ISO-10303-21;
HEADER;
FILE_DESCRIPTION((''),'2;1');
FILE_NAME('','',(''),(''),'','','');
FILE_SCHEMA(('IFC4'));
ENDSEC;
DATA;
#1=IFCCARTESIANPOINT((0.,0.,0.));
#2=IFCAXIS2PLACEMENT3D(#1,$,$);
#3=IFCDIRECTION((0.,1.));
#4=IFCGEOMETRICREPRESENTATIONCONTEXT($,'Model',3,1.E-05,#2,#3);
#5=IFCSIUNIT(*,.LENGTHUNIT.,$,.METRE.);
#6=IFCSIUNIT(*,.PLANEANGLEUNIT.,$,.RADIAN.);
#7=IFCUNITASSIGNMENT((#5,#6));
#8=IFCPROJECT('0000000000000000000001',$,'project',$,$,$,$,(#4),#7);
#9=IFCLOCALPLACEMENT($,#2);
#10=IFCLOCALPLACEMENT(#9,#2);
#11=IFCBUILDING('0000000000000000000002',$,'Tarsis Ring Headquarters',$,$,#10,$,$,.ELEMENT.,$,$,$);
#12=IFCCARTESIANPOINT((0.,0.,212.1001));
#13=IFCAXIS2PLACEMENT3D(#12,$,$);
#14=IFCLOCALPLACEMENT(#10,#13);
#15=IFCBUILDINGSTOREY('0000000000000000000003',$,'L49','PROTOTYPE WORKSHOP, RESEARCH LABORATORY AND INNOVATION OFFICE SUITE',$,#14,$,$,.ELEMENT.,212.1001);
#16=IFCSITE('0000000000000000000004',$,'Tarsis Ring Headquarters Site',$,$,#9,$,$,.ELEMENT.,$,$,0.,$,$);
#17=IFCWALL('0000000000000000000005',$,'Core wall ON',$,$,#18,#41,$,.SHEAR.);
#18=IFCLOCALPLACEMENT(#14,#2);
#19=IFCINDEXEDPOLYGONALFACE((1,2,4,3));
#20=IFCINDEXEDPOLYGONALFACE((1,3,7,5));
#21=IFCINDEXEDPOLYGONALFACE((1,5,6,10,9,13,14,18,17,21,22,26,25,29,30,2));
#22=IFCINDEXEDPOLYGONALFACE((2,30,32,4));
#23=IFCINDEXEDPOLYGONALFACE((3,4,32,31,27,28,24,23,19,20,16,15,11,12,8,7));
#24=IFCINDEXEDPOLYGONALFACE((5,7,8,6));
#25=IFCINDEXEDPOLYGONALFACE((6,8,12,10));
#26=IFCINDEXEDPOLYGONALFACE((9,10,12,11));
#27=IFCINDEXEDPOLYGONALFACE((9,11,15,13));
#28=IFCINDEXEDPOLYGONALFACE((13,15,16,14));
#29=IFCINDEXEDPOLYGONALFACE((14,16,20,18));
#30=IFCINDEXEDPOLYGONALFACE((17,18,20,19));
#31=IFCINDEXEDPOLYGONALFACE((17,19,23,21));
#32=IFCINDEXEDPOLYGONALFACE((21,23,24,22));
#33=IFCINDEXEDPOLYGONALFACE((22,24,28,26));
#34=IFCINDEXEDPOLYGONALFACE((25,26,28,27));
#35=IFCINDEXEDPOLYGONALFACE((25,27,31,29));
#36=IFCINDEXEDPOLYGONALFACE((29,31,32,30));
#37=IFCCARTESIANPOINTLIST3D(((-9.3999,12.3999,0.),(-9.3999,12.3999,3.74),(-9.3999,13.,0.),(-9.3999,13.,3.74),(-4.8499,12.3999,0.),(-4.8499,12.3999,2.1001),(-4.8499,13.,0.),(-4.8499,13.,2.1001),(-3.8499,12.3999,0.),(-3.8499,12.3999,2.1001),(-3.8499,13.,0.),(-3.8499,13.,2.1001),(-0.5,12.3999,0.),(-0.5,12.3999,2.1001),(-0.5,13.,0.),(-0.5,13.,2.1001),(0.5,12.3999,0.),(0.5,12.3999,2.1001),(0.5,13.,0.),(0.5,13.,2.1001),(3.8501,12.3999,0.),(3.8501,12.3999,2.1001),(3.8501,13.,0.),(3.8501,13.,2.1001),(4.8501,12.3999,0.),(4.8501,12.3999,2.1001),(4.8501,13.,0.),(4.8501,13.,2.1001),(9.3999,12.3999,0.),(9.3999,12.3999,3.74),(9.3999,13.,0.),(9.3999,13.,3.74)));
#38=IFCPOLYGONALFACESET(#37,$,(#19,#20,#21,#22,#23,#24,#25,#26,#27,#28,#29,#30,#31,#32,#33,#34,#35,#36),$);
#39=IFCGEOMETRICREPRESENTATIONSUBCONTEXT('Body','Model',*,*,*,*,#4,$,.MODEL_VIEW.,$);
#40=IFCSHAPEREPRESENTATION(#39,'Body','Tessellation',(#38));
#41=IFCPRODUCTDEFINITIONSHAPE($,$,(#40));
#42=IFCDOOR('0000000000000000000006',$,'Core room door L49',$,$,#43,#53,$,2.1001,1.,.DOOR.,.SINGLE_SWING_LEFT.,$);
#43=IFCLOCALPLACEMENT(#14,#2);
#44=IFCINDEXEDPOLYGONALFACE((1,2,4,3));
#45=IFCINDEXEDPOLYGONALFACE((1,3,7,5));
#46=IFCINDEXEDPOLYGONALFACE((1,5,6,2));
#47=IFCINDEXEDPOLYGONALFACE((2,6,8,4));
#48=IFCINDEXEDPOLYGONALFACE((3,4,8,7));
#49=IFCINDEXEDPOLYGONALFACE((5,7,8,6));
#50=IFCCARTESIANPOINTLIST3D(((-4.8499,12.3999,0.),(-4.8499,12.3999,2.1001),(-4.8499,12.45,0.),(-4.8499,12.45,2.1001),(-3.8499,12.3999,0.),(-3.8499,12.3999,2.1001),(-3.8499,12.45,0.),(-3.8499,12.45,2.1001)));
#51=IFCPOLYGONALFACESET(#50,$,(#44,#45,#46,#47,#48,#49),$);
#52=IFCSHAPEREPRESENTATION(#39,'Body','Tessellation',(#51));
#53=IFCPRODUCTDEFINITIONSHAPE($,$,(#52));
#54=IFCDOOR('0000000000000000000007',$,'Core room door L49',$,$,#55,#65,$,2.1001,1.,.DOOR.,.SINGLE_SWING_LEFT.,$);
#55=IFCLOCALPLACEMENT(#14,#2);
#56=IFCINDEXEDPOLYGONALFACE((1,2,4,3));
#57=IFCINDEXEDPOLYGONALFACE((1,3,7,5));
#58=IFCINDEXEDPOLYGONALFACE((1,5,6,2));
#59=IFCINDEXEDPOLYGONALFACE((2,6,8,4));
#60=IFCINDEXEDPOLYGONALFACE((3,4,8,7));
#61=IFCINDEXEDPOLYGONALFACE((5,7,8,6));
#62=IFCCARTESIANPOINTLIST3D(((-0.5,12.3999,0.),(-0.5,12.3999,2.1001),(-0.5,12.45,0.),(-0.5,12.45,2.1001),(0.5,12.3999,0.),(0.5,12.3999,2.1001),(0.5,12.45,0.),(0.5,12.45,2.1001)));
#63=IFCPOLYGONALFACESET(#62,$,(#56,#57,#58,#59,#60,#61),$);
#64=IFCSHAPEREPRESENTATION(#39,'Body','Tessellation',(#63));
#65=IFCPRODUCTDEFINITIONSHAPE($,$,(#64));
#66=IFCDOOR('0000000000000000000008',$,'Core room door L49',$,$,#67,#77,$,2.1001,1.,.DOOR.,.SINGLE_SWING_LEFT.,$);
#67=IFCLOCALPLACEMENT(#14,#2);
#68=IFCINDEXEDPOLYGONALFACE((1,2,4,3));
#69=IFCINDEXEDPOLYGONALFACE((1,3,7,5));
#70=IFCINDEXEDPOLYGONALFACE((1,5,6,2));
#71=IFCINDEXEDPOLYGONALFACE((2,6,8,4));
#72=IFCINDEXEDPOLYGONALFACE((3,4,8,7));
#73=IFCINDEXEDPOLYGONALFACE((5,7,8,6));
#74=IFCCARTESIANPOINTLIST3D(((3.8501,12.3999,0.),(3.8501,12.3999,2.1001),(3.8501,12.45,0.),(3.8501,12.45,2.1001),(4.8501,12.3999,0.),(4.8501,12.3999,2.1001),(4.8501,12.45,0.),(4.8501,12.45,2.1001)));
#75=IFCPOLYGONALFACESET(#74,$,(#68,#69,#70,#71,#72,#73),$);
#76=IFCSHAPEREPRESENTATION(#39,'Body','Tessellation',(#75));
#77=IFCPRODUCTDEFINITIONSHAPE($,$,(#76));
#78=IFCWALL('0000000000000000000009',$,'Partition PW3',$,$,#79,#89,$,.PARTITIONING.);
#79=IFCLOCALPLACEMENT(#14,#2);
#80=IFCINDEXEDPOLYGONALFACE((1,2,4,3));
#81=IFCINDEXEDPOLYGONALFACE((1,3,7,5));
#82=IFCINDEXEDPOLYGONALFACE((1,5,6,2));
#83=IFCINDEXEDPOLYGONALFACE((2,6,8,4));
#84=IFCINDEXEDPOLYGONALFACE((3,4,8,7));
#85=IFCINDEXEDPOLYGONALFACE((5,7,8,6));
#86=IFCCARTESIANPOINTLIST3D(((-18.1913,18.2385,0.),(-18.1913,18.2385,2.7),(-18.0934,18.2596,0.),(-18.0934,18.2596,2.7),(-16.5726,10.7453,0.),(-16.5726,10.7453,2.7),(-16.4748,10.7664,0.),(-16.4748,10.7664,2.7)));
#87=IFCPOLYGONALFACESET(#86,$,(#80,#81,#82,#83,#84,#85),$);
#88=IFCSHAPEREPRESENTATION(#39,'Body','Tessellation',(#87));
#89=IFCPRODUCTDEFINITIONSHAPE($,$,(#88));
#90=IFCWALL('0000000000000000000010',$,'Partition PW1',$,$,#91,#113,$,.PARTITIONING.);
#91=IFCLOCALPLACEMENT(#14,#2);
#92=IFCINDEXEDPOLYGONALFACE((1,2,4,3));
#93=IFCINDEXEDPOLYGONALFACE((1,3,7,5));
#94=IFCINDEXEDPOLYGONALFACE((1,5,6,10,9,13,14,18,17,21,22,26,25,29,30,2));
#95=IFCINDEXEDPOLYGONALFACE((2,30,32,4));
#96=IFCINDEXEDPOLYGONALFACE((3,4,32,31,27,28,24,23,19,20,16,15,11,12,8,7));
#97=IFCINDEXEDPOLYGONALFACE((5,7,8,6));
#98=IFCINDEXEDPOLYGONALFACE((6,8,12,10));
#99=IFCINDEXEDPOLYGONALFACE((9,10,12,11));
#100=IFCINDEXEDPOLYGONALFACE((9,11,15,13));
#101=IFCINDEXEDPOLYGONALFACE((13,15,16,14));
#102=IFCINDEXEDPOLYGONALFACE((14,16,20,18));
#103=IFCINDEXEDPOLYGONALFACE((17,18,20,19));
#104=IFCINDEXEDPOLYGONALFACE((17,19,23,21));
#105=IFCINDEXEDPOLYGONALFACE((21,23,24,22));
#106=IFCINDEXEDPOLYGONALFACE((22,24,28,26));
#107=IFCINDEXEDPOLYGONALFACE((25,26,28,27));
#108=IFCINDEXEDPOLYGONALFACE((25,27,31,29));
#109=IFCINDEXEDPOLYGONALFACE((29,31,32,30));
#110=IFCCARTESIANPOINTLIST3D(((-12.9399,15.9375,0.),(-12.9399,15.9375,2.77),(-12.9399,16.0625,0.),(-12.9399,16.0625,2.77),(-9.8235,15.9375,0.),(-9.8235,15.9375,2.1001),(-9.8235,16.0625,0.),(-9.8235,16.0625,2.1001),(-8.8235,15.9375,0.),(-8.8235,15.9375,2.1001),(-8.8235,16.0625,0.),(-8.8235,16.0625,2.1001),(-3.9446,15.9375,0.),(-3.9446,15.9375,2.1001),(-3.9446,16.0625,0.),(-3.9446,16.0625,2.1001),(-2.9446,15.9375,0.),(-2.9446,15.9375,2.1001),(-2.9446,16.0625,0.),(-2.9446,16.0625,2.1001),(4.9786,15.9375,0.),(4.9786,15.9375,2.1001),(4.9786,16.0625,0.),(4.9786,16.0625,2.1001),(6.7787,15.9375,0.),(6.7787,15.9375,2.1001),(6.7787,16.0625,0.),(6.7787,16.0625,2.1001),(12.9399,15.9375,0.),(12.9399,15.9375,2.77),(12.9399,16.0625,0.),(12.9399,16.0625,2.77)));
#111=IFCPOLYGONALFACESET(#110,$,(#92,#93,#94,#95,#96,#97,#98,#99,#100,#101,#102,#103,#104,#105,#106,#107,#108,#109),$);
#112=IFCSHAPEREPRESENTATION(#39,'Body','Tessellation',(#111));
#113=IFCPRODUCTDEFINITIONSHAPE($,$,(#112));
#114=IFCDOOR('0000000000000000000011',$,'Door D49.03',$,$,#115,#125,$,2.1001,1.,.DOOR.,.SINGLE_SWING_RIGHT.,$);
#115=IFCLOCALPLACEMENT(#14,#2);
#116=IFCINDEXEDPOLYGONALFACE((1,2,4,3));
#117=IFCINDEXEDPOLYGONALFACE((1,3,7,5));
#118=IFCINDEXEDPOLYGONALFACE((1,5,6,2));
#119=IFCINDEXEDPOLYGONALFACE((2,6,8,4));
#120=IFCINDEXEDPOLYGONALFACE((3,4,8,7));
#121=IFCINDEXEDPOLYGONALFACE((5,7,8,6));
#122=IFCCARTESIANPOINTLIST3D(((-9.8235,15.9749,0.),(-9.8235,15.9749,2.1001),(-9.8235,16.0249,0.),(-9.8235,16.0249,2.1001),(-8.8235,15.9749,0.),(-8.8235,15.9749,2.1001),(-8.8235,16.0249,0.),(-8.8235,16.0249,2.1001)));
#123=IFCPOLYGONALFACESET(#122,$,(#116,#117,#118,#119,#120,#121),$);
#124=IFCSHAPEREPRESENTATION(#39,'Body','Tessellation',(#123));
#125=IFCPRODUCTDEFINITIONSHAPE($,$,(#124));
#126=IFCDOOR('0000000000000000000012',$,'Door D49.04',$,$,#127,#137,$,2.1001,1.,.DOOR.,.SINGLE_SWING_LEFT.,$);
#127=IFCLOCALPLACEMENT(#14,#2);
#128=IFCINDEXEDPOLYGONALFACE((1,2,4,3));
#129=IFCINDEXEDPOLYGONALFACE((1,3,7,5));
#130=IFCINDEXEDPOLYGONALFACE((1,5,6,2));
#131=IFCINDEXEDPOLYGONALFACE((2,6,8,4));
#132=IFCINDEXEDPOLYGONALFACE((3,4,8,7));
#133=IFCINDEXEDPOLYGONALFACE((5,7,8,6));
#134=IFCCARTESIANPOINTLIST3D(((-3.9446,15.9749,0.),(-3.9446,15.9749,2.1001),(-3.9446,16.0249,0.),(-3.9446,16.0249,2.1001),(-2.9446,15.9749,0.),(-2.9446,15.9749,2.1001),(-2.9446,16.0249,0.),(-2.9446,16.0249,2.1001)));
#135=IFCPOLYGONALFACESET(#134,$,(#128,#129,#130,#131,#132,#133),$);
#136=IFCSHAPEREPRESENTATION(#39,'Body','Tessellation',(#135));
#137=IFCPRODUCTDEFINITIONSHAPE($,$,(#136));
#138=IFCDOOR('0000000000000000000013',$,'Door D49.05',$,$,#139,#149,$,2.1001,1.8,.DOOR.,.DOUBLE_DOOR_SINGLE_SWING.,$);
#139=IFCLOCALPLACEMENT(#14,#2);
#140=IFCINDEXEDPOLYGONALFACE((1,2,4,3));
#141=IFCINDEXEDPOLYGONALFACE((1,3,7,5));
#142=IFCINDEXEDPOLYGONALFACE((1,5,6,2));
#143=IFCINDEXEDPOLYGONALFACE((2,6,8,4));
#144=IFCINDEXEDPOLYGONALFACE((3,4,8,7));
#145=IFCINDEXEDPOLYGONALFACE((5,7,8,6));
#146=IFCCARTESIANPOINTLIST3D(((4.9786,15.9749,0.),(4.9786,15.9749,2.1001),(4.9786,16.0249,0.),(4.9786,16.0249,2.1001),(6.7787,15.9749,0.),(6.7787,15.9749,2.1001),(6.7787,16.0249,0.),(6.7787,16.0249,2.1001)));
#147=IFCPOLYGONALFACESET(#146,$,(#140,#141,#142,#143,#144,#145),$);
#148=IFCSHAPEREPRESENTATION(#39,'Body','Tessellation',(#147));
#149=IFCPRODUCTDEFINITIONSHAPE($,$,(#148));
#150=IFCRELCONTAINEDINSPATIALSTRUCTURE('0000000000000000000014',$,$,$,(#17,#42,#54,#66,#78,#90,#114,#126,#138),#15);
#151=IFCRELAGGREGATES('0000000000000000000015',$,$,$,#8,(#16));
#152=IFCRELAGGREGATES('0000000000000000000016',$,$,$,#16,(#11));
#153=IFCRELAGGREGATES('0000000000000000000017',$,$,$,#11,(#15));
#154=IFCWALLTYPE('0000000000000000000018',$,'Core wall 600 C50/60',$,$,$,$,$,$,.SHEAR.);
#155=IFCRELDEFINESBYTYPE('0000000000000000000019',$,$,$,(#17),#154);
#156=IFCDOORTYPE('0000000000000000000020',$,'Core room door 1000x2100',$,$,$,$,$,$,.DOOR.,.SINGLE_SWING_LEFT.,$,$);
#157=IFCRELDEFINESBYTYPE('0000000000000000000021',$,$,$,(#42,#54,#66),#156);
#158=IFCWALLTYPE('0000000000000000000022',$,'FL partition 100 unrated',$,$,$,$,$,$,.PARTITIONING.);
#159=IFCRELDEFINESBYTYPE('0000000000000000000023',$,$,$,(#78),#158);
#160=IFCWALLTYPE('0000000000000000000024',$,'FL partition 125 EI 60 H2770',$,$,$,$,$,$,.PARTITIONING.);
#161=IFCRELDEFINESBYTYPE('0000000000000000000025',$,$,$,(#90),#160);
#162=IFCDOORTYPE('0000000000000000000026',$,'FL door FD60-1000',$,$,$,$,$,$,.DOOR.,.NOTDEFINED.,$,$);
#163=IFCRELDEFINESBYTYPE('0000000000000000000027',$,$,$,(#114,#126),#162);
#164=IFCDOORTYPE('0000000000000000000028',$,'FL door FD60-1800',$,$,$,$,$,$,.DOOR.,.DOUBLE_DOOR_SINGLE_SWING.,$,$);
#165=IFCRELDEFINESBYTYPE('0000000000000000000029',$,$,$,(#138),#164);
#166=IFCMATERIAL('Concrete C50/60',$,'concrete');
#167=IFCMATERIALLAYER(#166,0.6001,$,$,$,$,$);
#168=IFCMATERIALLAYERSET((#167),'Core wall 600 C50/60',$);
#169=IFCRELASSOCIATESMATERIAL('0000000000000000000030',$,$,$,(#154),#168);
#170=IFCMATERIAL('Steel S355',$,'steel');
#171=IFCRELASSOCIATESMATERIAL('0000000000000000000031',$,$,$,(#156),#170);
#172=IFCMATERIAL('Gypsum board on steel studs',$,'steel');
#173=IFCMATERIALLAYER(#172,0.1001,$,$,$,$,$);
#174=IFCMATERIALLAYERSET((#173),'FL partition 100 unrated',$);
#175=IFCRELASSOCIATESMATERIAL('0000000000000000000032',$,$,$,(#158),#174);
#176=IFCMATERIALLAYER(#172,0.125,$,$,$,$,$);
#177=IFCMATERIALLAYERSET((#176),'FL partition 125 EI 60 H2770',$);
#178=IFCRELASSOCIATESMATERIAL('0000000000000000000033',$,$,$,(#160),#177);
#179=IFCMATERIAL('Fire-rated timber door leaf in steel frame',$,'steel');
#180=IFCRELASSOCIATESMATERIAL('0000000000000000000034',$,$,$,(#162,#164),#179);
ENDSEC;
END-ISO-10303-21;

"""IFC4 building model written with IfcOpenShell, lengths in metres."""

from ifc_helpers import new_model, si_unit, direction, frame, frame_2d, origin, place, context, subcontext, project, spatial, rectangle, extrude, material, layer, layer_set, type_object, element, fill, save


model = new_model("IFC4")

# Units and contexts
model_context = context("Model", 3, precision=1e-05, world=origin(), true_north=direction((0.0, 1.0)))
body_context = subcontext(model_context, "Body", "Model", "MODEL_VIEW")
ifc_project = project(units=[si_unit("LENGTHUNIT", "METRE"), si_unit("PLANEANGLEUNIT", "RADIAN")], contexts=[model_context])

# Site, building, storey
site_placement = place(None, origin())
site = spatial("IfcSite", under=ifc_project, at=site_placement, Name="Tarsis Ring Headquarters Site", CompositionType="ELEMENT", RefElevation=0.0)
building_placement = place(site_placement, origin())
building = spatial("IfcBuilding", under=site, at=building_placement, Name="Tarsis Ring Headquarters", CompositionType="ELEMENT")
storey_placement = place(building_placement, frame((0.0, 0.0, 212.1001)))
storey = spatial("IfcBuildingStorey", under=building, at=storey_placement, Name="L49", Description="PROTOTYPE WORKSHOP, RESEARCH LABORATORY AND INNOVATION OFFICE SUITE", CompositionType="ELEMENT", Elevation=212.1001)

# Wall, openings, doors
ifc_material_1 = material(Name="Concrete C50/60", Category="concrete")
ifc_layer_1 = layer(ifc_material_1, 0.6001)
ifc_layer_set_1 = layer_set([ifc_layer_1], Name="Core wall 600 C50/60")
wall_type_1 = type_object("IfcWallType", Name="Core wall 600 C50/60", PredefinedType="SHEAR", material=ifc_layer_set_1)
wall_1_placement = place(storey_placement, frame((-9.3999, 12.7, 0.0), z_axis=(0.0, 0.0, 1.0), x_axis=(1.0, 0.0, 0.0)))
wall_1 = element("IfcWall", 1, at=wall_1_placement, inside=storey, type_object=wall_type_1, Name="Core wall ON", PredefinedType="SHEAR", context=body_context, shape_type="SweptSolid", body=[
    extrude(rectangle(XDim=18.7998, YDim=0.6001, at=frame_2d((9.3999, 0.0))), origin(), (0.0, 0.0, 1.0), 3.74),
])
opening_1_placement = place(wall_1_placement, frame((4.55, 0.0, 0.0)))
opening_1 = element("IfcOpeningElement", 2, at=opening_1_placement, cuts=wall_1, PredefinedType="OPENING", context=body_context, shape_type="SweptSolid", body=[
    extrude(rectangle(XDim=1.0, YDim=2.1001, at=frame_2d((0.5, 1.05))), frame((0.0, 0.3101, 0.0), z_axis=(0.0, -1.0, 0.0), x_axis=(1.0, 0.0, 0.0)), (0.0, 0.0, 1.0), 0.6201),
])
opening_2_placement = place(wall_1_placement, frame((8.8999, 0.0, 0.0)))
opening_2 = element("IfcOpeningElement", 3, at=opening_2_placement, cuts=wall_1, PredefinedType="OPENING", context=body_context, shape_type="SweptSolid", body=[
    extrude(rectangle(XDim=1.0, YDim=2.1001, at=frame_2d((0.5, 1.05))), frame((0.0, 0.3101, 0.0), z_axis=(0.0, -1.0, 0.0), x_axis=(1.0, 0.0, 0.0)), (0.0, 0.0, 1.0), 0.6201),
])
opening_3_placement = place(wall_1_placement, frame((13.25, 0.0, 0.0)))
opening_3 = element("IfcOpeningElement", 4, at=opening_3_placement, cuts=wall_1, PredefinedType="OPENING", context=body_context, shape_type="SweptSolid", body=[
    extrude(rectangle(XDim=1.0, YDim=2.1001, at=frame_2d((0.5, 1.05))), frame((0.0, 0.3101, 0.0), z_axis=(0.0, -1.0, 0.0), x_axis=(1.0, 0.0, 0.0)), (0.0, 0.0, 1.0), 0.6201),
])
ifc_material_2 = material(Name="Steel S355", Category="steel")
door_type_1 = type_object("IfcDoorType", Name="Core room door 1000x2100", OperationType="SINGLE_SWING_LEFT", PredefinedType="DOOR", material=ifc_material_2)
door_1_placement = place(opening_1_placement, origin())
door_1 = element("IfcDoor", 5, at=door_1_placement, inside=storey, type_object=door_type_1, Name="Core room door L49", OperationType="SINGLE_SWING_LEFT", OverallHeight=2.1001, OverallWidth=1.0, PredefinedType="DOOR", context=body_context, shape_type="SweptSolid", body=[
    extrude(rectangle(XDim=1.0, YDim=2.1001, at=frame_2d((0.5, 1.05))), frame((0.0, -0.25, 0.0), z_axis=(0.0, -1.0, 0.0), x_axis=(1.0, 0.0, 0.0)), (0.0, 0.0, 1.0), 0.05),
])
fill(opening_1, door_1)
door_2_placement = place(opening_2_placement, origin())
door_2 = element("IfcDoor", 6, at=door_2_placement, inside=storey, type_object=door_type_1, Name="Core room door L49", OperationType="SINGLE_SWING_LEFT", OverallHeight=2.1001, OverallWidth=1.0, PredefinedType="DOOR", context=body_context, shape_type="SweptSolid", body=[
    extrude(rectangle(XDim=1.0, YDim=2.1001, at=frame_2d((0.5, 1.05))), frame((0.0, -0.25, 0.0), z_axis=(0.0, -1.0, 0.0), x_axis=(1.0, 0.0, 0.0)), (0.0, 0.0, 1.0), 0.05),
])
fill(opening_2, door_2)
door_3_placement = place(opening_3_placement, origin())
door_3 = element("IfcDoor", 7, at=door_3_placement, inside=storey, type_object=door_type_1, Name="Core room door L49", OperationType="SINGLE_SWING_LEFT", OverallHeight=2.1001, OverallWidth=1.0, PredefinedType="DOOR", context=body_context, shape_type="SweptSolid", body=[
    extrude(rectangle(XDim=1.0, YDim=2.1001, at=frame_2d((0.5, 1.05))), frame((0.0, -0.25, 0.0), z_axis=(0.0, -1.0, 0.0), x_axis=(1.0, 0.0, 0.0)), (0.0, 0.0, 1.0), 0.05),
])
fill(opening_3, door_3)

# Wall
ifc_material_3 = material(Name="Gypsum board on steel studs", Category="steel")
ifc_layer_2 = layer(ifc_material_3, 0.1001)
ifc_layer_set_2 = layer_set([ifc_layer_2], Name="FL partition 100 unrated")
wall_type_2 = type_object("IfcWallType", Name="FL partition 100 unrated", PredefinedType="PARTITIONING", material=ifc_layer_set_2)
wall_2_placement = place(storey_placement, frame((-18.1423, 18.249, 0.0), z_axis=(0.0, 0.0, 1.0), x_axis=(0.211147, -0.977454, 0.0)))
element("IfcWall", 8, at=wall_2_placement, inside=storey, type_object=wall_type_2, Name="Partition PW3", PredefinedType="PARTITIONING", context=body_context, shape_type="SweptSolid", body=[
    extrude(rectangle(XDim=7.666, YDim=0.1001, at=frame_2d((3.833, 0.0))), origin(), (0.0, 0.0, 1.0), 2.7),
])

# Wall, openings, doors
ifc_layer_3 = layer(ifc_material_3, 0.125)
ifc_layer_set_3 = layer_set([ifc_layer_3], Name="FL partition 125 EI 60 H2770")
wall_type_3 = type_object("IfcWallType", Name="FL partition 125 EI 60 H2770", PredefinedType="PARTITIONING", material=ifc_layer_set_3)
wall_3_placement = place(storey_placement, frame((-12.9399, 16.0, 0.0), z_axis=(0.0, 0.0, 1.0), x_axis=(1.0, 0.0, 0.0)))
wall_3 = element("IfcWall", 9, at=wall_3_placement, inside=storey, type_object=wall_type_3, Name="Partition PW1", PredefinedType="PARTITIONING", context=body_context, shape_type="SweptSolid", body=[
    extrude(rectangle(XDim=25.8799, YDim=0.125, at=frame_2d((12.9399, 0.0))), origin(), (0.0, 0.0, 1.0), 2.77),
])
opening_4_placement = place(wall_3_placement, frame((3.1165, 0.0, 0.0)))
opening_4 = element("IfcOpeningElement", 10, at=opening_4_placement, cuts=wall_3, PredefinedType="OPENING", context=body_context, shape_type="SweptSolid", body=[
    extrude(rectangle(XDim=1.0, YDim=2.1001, at=frame_2d((0.5, 1.05))), frame((0.0, 0.0725, 0.0), z_axis=(0.0, -1.0, 0.0), x_axis=(1.0, 0.0, 0.0)), (0.0, 0.0, 1.0), 0.145),
])
opening_5_placement = place(wall_3_placement, frame((8.9954, 0.0, 0.0)))
opening_5 = element("IfcOpeningElement", 11, at=opening_5_placement, cuts=wall_3, PredefinedType="OPENING", context=body_context, shape_type="SweptSolid", body=[
    extrude(rectangle(XDim=1.0, YDim=2.1001, at=frame_2d((0.5, 1.05))), frame((0.0, 0.0725, 0.0), z_axis=(0.0, -1.0, 0.0), x_axis=(1.0, 0.0, 0.0)), (0.0, 0.0, 1.0), 0.145),
])
opening_6_placement = place(wall_3_placement, frame((17.9187, 0.0, 0.0)))
opening_6 = element("IfcOpeningElement", 12, at=opening_6_placement, cuts=wall_3, PredefinedType="OPENING", context=body_context, shape_type="SweptSolid", body=[
    extrude(rectangle(XDim=1.8, YDim=2.1001, at=frame_2d((0.8999, 1.05))), frame((0.0, 0.0725, 0.0), z_axis=(0.0, -1.0, 0.0), x_axis=(1.0, 0.0, 0.0)), (0.0, 0.0, 1.0), 0.145),
])
ifc_material_4 = material(Name="Fire-rated timber door leaf in steel frame", Category="steel")
door_type_2 = type_object("IfcDoorType", Name="FL door FD60-1000", OperationType="NOTDEFINED", PredefinedType="DOOR", material=ifc_material_4)
door_4_placement = place(opening_4_placement, origin())
door_4 = element("IfcDoor", 13, at=door_4_placement, inside=storey, type_object=door_type_2, Name="Door D49.03", OperationType="SINGLE_SWING_RIGHT", OverallHeight=2.1001, OverallWidth=1.0, PredefinedType="DOOR", context=body_context, shape_type="SweptSolid", body=[
    extrude(rectangle(XDim=1.0, YDim=2.1001, at=frame_2d((0.5, 1.05))), frame((0.0, 0.0249, 0.0), z_axis=(0.0, -1.0, 0.0), x_axis=(1.0, 0.0, 0.0)), (0.0, 0.0, 1.0), 0.05),
])
fill(opening_4, door_4)
door_5_placement = place(opening_5_placement, origin())
door_5 = element("IfcDoor", 14, at=door_5_placement, inside=storey, type_object=door_type_2, Name="Door D49.04", OperationType="SINGLE_SWING_LEFT", OverallHeight=2.1001, OverallWidth=1.0, PredefinedType="DOOR", context=body_context, shape_type="SweptSolid", body=[
    extrude(rectangle(XDim=1.0, YDim=2.1001, at=frame_2d((0.5, 1.05))), frame((0.0, 0.0249, 0.0), z_axis=(0.0, -1.0, 0.0), x_axis=(1.0, 0.0, 0.0)), (0.0, 0.0, 1.0), 0.05),
])
fill(opening_5, door_5)
door_type_3 = type_object("IfcDoorType", Name="FL door FD60-1800", OperationType="DOUBLE_DOOR_SINGLE_SWING", PredefinedType="DOOR", material=ifc_material_4)
door_6_placement = place(opening_6_placement, origin())
door_6 = element("IfcDoor", 15, at=door_6_placement, inside=storey, type_object=door_type_3, Name="Door D49.05", OperationType="DOUBLE_DOOR_SINGLE_SWING", OverallHeight=2.1001, OverallWidth=1.8, PredefinedType="DOOR", context=body_context, shape_type="SweptSolid", body=[
    extrude(rectangle(XDim=1.8, YDim=2.1001, at=frame_2d((0.8999, 1.05))), frame((0.0, 0.0249, 0.0), z_axis=(0.0, -1.0, 0.0), x_axis=(1.0, 0.0, 0.0)), (0.0, 0.0, 1.0), 0.05),
])
fill(opening_6, door_6)

save(model, "model.ifc")
